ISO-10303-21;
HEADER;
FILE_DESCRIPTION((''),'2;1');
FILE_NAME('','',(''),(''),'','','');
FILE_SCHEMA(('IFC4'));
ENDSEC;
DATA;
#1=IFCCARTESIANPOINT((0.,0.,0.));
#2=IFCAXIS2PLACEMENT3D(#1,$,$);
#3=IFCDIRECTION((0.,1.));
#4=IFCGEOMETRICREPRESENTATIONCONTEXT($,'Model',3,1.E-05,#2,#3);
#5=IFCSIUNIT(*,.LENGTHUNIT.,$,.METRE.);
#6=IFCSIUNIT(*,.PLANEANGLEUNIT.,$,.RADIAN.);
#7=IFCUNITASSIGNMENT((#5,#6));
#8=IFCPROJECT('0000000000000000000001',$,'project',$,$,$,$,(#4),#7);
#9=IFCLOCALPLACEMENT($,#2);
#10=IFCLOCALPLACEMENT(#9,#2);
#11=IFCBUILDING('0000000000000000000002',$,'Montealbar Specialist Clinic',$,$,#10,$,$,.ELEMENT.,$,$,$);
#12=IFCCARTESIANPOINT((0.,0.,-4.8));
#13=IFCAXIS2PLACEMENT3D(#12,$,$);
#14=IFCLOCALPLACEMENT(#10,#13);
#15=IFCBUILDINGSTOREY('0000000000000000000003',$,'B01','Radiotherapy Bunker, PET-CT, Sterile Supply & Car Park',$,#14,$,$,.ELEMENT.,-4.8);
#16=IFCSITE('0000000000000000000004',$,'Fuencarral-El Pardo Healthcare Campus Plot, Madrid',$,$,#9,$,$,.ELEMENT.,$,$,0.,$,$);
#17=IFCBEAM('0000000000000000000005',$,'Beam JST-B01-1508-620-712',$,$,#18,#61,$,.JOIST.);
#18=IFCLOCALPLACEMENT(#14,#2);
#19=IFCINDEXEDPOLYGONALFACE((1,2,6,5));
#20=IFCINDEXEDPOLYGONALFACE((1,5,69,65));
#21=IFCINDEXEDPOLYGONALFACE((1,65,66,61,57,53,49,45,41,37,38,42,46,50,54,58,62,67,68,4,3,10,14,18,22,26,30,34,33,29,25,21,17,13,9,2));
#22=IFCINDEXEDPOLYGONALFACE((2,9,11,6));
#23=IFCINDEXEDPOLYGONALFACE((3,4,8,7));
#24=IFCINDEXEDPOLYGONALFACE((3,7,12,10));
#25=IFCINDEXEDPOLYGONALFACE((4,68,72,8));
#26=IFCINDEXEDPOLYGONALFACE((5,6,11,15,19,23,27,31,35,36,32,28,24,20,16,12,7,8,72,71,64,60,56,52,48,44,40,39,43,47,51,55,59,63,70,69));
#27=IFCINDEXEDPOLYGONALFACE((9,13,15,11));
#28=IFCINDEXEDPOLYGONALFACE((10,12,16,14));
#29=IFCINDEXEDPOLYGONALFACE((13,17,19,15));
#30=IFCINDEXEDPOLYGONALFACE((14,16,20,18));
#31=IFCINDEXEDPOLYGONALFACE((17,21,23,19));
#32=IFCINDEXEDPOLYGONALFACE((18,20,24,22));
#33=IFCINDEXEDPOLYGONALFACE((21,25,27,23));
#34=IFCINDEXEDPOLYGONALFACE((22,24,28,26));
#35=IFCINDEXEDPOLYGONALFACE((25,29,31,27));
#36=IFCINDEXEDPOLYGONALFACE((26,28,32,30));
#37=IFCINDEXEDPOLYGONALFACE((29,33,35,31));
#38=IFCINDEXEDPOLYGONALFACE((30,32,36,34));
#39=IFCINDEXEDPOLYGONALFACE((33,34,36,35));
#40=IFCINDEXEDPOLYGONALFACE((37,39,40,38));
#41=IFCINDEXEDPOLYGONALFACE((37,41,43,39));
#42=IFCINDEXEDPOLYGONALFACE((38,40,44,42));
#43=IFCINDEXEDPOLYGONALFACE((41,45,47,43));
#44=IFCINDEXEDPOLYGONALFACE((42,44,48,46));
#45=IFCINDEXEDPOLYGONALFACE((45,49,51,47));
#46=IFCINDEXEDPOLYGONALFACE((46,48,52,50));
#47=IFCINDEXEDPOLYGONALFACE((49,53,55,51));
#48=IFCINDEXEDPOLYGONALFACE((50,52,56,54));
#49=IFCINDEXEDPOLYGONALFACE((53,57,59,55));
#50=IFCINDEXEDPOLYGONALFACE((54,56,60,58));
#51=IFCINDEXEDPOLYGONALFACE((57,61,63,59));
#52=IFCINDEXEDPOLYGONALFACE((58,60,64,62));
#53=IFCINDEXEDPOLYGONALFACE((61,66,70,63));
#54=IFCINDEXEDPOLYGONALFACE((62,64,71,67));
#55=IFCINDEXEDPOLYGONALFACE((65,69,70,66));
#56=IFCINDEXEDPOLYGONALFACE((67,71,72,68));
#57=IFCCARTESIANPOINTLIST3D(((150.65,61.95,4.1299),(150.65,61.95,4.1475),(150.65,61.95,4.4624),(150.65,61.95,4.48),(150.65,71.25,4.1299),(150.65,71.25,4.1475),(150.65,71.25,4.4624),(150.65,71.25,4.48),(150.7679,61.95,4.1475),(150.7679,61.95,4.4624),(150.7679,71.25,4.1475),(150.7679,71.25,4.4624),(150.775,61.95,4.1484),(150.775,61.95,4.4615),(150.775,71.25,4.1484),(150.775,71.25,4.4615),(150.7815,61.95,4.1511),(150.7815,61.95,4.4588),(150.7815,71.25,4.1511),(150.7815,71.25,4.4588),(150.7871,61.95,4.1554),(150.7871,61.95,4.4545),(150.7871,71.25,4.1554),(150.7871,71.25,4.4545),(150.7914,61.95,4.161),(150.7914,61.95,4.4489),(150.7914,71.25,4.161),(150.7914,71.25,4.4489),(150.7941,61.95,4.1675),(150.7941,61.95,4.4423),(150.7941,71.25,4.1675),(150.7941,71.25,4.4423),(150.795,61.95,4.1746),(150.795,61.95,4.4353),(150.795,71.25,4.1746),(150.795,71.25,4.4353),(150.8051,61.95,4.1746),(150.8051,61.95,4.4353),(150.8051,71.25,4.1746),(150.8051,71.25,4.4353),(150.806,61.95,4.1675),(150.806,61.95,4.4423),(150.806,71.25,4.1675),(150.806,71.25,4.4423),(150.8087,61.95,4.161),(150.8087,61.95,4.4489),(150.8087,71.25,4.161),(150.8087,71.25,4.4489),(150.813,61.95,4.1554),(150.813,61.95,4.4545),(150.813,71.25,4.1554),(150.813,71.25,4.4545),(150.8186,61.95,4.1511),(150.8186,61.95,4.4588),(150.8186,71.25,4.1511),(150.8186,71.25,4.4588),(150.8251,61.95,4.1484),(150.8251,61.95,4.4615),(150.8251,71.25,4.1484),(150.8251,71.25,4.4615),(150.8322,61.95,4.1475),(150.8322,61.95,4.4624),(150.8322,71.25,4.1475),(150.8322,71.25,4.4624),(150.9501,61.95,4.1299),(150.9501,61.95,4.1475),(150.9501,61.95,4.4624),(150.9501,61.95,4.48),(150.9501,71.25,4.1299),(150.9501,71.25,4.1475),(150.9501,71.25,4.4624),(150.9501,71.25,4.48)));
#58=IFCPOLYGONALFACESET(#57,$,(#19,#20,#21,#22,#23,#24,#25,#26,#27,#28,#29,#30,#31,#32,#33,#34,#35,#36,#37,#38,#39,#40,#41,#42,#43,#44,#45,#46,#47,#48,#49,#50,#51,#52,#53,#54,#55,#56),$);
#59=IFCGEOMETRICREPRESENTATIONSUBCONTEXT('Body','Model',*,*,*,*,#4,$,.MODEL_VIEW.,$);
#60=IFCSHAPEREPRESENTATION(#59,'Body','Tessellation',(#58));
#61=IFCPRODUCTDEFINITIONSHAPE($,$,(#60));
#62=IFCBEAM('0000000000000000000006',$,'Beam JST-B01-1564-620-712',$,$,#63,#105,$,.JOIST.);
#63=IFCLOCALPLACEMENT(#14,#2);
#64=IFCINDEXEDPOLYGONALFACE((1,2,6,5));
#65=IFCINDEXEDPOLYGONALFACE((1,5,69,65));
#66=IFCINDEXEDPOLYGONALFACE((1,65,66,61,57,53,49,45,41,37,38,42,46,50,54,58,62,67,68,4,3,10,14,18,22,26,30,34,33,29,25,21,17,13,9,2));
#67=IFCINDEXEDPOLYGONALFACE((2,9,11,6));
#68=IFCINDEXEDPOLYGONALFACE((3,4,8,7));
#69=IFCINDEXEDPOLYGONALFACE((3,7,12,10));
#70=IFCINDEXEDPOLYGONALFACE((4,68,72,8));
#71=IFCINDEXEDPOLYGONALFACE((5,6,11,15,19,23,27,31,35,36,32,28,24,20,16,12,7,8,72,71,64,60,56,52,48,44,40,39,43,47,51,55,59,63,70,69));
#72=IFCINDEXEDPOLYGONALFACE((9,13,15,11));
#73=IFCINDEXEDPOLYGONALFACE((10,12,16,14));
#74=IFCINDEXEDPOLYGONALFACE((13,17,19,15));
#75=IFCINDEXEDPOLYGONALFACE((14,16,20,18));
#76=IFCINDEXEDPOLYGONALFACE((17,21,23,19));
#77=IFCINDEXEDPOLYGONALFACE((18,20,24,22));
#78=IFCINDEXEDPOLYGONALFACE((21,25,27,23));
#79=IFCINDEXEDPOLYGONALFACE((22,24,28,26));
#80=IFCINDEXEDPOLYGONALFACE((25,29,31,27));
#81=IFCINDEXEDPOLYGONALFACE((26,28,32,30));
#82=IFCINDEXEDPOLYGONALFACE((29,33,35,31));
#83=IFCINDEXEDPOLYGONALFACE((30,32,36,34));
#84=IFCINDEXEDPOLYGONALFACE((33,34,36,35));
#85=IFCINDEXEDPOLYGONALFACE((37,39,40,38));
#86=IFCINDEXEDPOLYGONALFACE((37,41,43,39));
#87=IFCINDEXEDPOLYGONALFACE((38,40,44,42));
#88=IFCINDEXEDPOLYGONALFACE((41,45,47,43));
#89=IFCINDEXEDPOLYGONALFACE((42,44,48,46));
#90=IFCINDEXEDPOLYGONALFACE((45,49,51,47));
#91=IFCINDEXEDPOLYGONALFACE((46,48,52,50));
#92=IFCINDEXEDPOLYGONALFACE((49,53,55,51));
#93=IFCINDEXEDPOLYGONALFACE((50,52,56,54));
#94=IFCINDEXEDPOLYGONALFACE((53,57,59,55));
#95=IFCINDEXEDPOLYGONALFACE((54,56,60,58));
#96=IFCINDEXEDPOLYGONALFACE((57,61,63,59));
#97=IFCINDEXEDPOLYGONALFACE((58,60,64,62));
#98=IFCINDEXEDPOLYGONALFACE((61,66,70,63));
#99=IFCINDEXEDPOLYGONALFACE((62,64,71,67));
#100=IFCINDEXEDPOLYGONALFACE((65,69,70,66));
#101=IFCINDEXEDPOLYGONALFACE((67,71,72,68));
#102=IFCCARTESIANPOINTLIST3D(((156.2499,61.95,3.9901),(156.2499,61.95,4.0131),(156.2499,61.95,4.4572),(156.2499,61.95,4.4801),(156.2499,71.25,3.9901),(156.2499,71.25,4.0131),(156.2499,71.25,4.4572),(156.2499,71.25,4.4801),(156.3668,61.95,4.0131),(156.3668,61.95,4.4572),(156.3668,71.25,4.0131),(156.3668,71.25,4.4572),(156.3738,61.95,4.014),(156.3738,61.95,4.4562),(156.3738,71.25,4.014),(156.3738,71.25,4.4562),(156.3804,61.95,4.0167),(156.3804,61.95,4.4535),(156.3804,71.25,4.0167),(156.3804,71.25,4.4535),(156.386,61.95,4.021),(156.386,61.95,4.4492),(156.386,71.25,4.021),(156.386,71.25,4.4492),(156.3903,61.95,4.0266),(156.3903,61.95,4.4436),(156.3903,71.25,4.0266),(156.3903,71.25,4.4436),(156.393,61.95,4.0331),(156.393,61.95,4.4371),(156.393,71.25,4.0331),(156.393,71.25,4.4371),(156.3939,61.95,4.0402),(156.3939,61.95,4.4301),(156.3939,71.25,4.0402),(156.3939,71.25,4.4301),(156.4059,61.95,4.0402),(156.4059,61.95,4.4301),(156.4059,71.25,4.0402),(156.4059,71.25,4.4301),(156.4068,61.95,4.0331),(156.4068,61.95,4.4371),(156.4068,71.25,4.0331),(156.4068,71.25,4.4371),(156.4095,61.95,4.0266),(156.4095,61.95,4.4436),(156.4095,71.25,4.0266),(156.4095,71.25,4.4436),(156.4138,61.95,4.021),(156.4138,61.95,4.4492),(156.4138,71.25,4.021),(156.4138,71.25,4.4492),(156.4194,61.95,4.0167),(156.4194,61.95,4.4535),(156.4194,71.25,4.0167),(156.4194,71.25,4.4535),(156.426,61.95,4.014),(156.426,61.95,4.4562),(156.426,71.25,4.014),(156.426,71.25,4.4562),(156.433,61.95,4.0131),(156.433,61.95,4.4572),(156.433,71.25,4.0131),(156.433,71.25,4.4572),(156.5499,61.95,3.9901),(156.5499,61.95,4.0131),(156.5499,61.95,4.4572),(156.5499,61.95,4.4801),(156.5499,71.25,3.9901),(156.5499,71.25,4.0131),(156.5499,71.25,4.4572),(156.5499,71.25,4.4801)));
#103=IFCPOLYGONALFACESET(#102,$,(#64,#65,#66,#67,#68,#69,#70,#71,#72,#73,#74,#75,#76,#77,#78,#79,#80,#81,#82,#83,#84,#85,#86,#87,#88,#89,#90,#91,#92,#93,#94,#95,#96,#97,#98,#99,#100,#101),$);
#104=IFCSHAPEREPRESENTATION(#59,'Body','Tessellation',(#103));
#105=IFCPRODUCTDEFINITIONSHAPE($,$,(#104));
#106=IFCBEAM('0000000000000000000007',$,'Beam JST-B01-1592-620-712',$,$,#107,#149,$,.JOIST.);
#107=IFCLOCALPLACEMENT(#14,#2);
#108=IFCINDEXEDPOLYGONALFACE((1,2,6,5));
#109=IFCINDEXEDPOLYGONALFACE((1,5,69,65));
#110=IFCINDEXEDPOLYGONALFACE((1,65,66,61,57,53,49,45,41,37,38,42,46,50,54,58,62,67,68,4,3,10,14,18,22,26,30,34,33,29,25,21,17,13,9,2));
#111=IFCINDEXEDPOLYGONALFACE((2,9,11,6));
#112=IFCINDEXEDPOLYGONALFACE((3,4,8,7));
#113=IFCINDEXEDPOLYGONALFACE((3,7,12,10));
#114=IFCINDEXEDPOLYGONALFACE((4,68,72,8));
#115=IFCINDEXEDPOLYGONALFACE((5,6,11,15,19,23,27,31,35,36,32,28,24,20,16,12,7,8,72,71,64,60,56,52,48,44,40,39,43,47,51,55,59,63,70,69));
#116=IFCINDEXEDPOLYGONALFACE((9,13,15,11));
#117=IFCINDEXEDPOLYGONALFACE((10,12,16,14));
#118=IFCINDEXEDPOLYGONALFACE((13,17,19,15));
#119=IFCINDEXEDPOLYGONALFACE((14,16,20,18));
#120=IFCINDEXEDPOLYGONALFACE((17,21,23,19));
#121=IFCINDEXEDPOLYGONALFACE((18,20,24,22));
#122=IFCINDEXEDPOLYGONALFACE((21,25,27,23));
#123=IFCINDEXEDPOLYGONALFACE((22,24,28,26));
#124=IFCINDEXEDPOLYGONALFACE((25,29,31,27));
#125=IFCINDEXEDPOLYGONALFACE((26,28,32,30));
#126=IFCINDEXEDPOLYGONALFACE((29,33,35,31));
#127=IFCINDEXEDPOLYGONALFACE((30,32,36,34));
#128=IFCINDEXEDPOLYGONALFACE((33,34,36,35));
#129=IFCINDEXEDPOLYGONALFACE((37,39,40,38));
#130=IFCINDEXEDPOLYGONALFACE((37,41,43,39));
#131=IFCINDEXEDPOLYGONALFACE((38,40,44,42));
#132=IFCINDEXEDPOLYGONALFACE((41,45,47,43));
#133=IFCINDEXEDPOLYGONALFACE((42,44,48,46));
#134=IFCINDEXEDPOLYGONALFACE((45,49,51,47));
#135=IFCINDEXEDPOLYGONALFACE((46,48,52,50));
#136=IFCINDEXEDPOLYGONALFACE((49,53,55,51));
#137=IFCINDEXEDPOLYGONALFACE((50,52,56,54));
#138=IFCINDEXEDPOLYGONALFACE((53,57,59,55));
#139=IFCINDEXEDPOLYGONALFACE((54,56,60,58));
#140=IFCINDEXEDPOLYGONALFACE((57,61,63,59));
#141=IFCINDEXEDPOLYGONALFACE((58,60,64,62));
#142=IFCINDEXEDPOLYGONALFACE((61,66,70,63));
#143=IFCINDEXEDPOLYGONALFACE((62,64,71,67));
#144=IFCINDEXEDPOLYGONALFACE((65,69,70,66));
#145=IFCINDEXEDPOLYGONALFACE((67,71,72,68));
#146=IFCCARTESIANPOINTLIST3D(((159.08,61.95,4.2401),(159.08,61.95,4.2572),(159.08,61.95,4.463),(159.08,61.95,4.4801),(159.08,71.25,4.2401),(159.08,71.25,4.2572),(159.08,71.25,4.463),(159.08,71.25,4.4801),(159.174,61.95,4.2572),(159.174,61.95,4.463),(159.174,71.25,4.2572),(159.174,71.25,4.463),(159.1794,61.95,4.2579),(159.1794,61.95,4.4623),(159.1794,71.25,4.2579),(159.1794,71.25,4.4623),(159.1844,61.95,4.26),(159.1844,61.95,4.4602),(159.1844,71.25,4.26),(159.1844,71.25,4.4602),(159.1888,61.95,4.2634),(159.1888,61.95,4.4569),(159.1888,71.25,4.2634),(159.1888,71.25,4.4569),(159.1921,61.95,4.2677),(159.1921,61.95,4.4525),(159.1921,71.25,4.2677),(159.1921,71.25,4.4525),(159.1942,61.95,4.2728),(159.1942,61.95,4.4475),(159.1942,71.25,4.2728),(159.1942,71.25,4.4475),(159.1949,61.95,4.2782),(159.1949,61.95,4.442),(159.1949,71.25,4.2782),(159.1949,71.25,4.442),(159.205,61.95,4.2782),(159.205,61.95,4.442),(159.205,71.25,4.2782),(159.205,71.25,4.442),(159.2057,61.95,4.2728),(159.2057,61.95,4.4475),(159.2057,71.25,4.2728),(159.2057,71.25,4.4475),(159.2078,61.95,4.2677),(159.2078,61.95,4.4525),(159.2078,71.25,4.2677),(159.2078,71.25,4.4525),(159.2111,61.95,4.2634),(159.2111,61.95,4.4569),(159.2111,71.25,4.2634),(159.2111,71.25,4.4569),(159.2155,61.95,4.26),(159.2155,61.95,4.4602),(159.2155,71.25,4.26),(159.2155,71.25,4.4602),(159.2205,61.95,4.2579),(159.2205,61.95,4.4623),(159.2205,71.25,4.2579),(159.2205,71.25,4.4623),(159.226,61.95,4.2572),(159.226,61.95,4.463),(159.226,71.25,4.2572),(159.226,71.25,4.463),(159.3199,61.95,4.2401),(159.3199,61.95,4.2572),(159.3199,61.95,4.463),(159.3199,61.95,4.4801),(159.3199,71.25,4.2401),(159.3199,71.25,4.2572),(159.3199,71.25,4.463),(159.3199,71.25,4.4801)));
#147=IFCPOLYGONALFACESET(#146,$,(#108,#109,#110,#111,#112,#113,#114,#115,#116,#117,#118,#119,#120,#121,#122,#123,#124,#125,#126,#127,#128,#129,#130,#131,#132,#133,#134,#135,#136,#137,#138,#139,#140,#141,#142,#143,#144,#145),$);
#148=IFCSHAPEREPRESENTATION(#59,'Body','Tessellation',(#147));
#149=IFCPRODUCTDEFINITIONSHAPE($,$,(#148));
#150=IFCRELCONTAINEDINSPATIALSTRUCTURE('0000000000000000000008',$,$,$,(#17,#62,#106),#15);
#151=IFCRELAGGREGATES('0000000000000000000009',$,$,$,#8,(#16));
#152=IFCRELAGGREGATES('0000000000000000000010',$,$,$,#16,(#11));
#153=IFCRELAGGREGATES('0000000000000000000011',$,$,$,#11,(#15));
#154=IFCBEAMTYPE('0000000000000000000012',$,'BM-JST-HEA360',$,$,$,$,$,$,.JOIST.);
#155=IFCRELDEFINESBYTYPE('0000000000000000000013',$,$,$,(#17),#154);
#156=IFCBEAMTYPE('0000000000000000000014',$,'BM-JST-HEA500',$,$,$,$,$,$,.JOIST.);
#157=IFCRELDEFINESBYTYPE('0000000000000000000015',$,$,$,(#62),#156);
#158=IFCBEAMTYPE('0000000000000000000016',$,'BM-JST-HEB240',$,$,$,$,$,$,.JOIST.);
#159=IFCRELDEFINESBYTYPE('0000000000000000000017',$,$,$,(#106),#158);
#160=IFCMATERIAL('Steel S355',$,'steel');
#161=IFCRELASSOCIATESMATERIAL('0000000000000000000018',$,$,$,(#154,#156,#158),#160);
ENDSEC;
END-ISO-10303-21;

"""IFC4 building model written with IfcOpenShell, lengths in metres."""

from ifc_helpers import new_model, si_unit, direction, frame, origin, origin_2d, place, context, subcontext, project, spatial, i_section, extrude, material, material_profile, profile_set, type_object, element, save


model = new_model("IFC4")

# Units and contexts
model_context = context("Model", 3, precision=1e-05, world=origin(), true_north=direction((0.0, 1.0)))
body_context = subcontext(model_context, "Body", "Model", "MODEL_VIEW")
ifc_project = project(units=[si_unit("LENGTHUNIT", "METRE"), si_unit("PLANEANGLEUNIT", "RADIAN")], contexts=[model_context])

# Site, building, storey
site_placement = place(None, origin())
site = spatial("IfcSite", under=ifc_project, at=site_placement, Name="Fuencarral-El Pardo Healthcare Campus Plot, Madrid", CompositionType="ELEMENT", RefElevation=0.0)
building_placement = place(site_placement, origin())
building = spatial("IfcBuilding", under=site, at=building_placement, Name="Montealbar Specialist Clinic", CompositionType="ELEMENT")
storey_placement = place(building_placement, frame((0.0, 0.0, -4.8)))
storey = spatial("IfcBuildingStorey", under=building, at=storey_placement, Name="B01", Description="Radiotherapy Bunker, PET-CT, Sterile Supply & Car Park", CompositionType="ELEMENT", Elevation=-4.8)

# Shared definitions
ifc_material_1 = material(Name="Steel S355", Category="steel")

# Beams
ifc_material_profile_1 = material_profile(ifc_material_1, i_section(OverallWidth=0.3, OverallDepth=0.3501, WebThickness=0.01, FlangeThickness=0.0176, FilletRadius=0.0271, at=origin_2d()), Name="HEA 360", Category="steel")
ifc_profile_set_1 = profile_set([ifc_material_profile_1], Name="Steel S355")
beam_type_1 = type_object("IfcBeamType", Name="BM-JST-HEA360", PredefinedType="JOIST", material=ifc_profile_set_1)
beam_1_placement = place(storey_placement, frame((150.8, 61.95, 4.3049), z_axis=(0.0, 1.0, 0.0), x_axis=(-1.0, 0.0, 0.0)))
element("IfcBeam", 1, at=beam_1_placement, inside=storey, type_object=beam_type_1, Name="Beam JST-B01-1508-620-712", PredefinedType="JOIST", context=body_context, shape_type="SweptSolid", body=[
    extrude(i_section(OverallWidth=0.3, OverallDepth=0.3501, WebThickness=0.01, FlangeThickness=0.0176, FilletRadius=0.0271, at=origin_2d()), origin(), (0.0, 0.0, 1.0), 9.3),
])
ifc_material_profile_2 = material_profile(ifc_material_1, i_section(OverallWidth=0.3, OverallDepth=0.49, WebThickness=0.012, FlangeThickness=0.0229, FilletRadius=0.0271, at=origin_2d()), Name="HEA 500", Category="steel")
ifc_profile_set_2 = profile_set([ifc_material_profile_2], Name="Steel S355")
beam_type_2 = type_object("IfcBeamType", Name="BM-JST-HEA500", PredefinedType="JOIST", material=ifc_profile_set_2)
beam_2_placement = place(storey_placement, frame((156.3999, 61.95, 4.2351), z_axis=(0.0, 1.0, 0.0), x_axis=(-1.0, 0.0, 0.0)))
element("IfcBeam", 2, at=beam_2_placement, inside=storey, type_object=beam_type_2, Name="Beam JST-B01-1564-620-712", PredefinedType="JOIST", context=body_context, shape_type="SweptSolid", body=[
    extrude(i_section(OverallWidth=0.3, OverallDepth=0.49, WebThickness=0.012, FlangeThickness=0.0229, FilletRadius=0.0271, at=origin_2d()), origin(), (0.0, 0.0, 1.0), 9.3),
])
ifc_material_profile_3 = material_profile(ifc_material_1, i_section(OverallWidth=0.24, OverallDepth=0.24, WebThickness=0.01, FlangeThickness=0.0171, FilletRadius=0.021, at=origin_2d()), Name="HEB 240", Category="steel")
ifc_profile_set_3 = profile_set([ifc_material_profile_3], Name="Steel S355")
beam_type_3 = type_object("IfcBeamType", Name="BM-JST-HEB240", PredefinedType="JOIST", material=ifc_profile_set_3)
beam_3_placement = place(storey_placement, frame((159.2, 61.95, 4.3601), z_axis=(0.0, 1.0, 0.0), x_axis=(-1.0, 0.0, 0.0)))
element("IfcBeam", 3, at=beam_3_placement, inside=storey, type_object=beam_type_3, Name="Beam JST-B01-1592-620-712", PredefinedType="JOIST", context=body_context, shape_type="SweptSolid", body=[
    extrude(i_section(OverallWidth=0.24, OverallDepth=0.24, WebThickness=0.01, FlangeThickness=0.0171, FilletRadius=0.021, at=origin_2d()), origin(), (0.0, 0.0, 1.0), 9.3),
])

save(model, "model.ifc")
